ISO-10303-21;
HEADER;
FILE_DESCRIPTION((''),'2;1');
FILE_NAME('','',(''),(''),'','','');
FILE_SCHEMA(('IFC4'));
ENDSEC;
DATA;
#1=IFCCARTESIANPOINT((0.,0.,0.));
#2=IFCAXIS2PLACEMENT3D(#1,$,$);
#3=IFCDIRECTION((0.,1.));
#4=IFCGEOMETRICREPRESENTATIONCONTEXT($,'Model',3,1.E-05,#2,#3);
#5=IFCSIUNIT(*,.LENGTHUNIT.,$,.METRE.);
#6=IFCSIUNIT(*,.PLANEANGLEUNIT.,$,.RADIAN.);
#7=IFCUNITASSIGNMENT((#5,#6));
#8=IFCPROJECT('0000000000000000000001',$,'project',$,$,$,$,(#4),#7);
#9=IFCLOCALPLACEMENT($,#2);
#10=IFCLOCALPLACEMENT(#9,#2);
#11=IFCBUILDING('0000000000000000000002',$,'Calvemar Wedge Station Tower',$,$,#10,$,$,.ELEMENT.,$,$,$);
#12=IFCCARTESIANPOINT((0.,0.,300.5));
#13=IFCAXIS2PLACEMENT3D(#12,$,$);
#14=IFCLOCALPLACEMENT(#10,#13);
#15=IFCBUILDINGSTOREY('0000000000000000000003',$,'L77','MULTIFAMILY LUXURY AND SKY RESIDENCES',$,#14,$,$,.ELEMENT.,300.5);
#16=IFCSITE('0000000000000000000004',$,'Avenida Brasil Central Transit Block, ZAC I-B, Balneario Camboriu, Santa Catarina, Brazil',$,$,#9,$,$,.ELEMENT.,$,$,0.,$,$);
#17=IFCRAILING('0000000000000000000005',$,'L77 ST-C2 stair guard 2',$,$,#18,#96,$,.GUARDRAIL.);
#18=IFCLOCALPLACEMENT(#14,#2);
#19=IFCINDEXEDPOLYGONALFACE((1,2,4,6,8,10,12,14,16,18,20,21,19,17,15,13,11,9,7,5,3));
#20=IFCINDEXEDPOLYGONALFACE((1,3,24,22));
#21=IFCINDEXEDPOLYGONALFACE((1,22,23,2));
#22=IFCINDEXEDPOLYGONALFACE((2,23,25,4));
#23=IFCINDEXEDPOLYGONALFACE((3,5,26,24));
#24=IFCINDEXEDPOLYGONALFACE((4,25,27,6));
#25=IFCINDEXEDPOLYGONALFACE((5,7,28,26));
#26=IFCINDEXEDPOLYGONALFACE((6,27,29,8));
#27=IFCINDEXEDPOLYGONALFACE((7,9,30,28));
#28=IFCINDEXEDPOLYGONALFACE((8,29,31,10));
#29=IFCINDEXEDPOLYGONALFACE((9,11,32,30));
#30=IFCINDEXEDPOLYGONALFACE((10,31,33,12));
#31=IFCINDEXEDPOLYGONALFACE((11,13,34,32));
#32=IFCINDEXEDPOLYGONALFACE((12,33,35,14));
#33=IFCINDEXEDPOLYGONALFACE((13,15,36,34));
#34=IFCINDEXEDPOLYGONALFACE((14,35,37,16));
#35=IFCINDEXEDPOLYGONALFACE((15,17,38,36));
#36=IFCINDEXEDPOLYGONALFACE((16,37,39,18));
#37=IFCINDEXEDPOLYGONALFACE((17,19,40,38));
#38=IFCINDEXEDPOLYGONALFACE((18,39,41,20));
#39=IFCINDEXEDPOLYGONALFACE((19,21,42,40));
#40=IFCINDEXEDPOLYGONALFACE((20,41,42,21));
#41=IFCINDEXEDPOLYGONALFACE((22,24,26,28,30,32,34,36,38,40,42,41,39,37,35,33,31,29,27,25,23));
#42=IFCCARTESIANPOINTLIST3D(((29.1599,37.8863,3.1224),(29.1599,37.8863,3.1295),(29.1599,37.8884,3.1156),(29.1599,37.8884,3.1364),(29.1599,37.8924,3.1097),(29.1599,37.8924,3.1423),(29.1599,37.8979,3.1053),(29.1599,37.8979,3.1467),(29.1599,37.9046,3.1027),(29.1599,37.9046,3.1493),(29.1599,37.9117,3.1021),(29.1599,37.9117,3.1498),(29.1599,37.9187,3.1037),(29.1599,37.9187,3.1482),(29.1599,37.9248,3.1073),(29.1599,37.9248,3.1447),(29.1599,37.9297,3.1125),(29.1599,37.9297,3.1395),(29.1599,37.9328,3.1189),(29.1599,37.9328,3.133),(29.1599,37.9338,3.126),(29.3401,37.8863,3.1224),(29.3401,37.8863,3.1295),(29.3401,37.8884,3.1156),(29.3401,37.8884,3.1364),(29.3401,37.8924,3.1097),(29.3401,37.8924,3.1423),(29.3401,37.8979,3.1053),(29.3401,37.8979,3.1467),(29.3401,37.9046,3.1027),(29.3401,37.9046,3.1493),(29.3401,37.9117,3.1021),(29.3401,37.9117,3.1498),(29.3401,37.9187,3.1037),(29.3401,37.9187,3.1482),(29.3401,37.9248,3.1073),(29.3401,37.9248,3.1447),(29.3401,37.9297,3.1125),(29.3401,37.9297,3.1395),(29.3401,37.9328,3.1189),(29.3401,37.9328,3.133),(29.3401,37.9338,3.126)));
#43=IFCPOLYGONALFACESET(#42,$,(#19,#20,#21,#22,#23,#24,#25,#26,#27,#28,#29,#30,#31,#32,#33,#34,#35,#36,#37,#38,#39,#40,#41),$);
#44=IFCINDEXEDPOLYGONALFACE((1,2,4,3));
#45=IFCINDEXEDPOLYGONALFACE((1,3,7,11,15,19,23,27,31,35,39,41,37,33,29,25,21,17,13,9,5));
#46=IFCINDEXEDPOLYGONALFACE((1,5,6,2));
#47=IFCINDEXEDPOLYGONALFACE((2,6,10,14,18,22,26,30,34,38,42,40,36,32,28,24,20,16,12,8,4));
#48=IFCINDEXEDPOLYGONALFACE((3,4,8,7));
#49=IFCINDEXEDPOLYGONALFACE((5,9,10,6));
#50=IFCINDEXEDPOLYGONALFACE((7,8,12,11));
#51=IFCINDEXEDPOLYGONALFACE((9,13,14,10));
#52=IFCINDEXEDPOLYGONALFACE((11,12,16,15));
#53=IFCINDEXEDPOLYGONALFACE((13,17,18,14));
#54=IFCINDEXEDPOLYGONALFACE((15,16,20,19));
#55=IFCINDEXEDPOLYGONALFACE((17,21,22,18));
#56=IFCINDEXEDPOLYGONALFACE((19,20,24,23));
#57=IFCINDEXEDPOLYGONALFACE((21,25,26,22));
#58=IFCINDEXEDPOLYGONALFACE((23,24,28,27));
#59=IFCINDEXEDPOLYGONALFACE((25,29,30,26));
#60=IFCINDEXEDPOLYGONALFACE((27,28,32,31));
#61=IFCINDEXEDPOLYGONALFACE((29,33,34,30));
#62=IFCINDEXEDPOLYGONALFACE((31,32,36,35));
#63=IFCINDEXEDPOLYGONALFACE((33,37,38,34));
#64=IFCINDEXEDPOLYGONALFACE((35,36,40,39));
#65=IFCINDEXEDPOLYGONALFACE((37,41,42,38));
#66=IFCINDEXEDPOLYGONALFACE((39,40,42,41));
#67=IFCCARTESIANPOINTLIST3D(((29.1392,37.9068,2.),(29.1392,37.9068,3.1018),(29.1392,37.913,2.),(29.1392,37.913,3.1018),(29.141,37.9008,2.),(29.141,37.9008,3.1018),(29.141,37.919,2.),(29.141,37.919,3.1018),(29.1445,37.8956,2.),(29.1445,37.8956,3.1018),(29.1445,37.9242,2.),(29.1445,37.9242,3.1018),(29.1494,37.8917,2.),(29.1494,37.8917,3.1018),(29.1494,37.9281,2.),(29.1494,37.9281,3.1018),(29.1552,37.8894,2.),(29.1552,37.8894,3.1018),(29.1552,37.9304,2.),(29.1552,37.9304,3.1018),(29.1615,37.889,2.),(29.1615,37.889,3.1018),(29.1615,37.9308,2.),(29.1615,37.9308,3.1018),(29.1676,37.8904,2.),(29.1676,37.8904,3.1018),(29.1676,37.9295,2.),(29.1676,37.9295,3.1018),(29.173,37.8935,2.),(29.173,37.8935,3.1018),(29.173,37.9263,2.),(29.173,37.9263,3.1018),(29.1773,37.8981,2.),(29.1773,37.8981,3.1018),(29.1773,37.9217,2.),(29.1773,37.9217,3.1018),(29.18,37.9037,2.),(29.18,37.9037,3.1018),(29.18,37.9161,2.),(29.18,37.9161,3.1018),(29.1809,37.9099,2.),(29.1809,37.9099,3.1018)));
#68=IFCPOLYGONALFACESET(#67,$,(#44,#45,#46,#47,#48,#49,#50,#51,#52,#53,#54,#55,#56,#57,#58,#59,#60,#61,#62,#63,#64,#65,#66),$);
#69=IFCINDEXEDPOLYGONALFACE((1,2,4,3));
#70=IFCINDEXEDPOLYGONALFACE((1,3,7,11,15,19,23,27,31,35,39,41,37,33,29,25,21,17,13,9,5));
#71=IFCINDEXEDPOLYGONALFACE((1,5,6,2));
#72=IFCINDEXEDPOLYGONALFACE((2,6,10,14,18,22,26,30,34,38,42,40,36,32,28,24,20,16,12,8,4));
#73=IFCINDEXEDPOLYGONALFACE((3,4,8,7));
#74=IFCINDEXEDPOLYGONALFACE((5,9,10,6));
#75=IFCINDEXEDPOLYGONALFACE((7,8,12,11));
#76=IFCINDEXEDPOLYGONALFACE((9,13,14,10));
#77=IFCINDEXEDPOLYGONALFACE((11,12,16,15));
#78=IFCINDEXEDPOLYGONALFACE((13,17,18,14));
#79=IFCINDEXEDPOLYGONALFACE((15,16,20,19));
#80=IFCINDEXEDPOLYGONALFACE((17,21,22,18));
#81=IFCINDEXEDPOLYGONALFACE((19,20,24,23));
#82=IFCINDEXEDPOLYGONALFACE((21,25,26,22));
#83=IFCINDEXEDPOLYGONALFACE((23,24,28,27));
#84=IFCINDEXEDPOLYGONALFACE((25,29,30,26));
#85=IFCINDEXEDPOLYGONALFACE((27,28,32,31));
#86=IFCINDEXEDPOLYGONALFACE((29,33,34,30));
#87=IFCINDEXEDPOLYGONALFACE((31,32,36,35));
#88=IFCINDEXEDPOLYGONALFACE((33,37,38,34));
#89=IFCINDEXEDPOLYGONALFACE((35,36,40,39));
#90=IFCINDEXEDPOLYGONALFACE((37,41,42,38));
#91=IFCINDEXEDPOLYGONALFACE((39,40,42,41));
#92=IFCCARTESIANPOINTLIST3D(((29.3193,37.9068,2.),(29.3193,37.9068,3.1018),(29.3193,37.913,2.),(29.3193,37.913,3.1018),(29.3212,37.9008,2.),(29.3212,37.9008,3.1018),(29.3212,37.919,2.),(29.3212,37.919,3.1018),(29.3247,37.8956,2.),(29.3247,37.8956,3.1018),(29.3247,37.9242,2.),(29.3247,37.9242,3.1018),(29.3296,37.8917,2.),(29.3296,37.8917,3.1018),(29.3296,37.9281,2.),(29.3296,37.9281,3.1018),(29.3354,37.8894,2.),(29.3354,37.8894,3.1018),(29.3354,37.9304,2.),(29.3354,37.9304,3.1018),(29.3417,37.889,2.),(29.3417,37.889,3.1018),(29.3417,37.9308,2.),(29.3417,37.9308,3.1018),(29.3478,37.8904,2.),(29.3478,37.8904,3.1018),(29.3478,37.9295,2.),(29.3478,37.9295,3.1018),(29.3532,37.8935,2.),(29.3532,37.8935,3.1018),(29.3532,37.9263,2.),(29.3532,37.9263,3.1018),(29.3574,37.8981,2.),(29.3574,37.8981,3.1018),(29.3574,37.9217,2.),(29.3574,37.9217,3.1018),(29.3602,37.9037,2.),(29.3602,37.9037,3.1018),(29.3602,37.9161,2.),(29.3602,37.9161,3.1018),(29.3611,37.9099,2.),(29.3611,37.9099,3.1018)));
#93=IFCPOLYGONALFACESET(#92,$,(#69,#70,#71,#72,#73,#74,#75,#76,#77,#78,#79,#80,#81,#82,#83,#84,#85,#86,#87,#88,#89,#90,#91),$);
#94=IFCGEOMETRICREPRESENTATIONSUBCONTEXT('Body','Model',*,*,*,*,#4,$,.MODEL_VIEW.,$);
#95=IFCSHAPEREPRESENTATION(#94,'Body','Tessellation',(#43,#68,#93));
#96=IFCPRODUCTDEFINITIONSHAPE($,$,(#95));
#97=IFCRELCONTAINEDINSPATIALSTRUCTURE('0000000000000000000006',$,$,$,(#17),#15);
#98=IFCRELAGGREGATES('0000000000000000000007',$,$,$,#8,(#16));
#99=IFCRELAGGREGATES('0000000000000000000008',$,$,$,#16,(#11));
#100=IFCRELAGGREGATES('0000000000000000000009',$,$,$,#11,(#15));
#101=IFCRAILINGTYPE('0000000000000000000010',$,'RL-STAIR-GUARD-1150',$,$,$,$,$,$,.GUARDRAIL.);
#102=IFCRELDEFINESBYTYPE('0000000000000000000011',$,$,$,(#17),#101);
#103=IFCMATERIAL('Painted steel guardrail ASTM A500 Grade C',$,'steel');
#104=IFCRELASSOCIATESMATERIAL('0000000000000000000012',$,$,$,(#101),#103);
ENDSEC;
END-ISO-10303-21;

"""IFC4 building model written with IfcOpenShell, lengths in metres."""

from ifc_helpers import new_model, si_unit, direction, frame, origin, origin_2d, place, context, subcontext, project, spatial, circle, extrude, material, type_object, element, save


model = new_model("IFC4")

# Units and contexts
model_context = context("Model", 3, precision=1e-05, world=origin(), true_north=direction((0.0, 1.0)))
body_context = subcontext(model_context, "Body", "Model", "MODEL_VIEW")
ifc_project = project(units=[si_unit("LENGTHUNIT", "METRE"), si_unit("PLANEANGLEUNIT", "RADIAN")], contexts=[model_context])

# Site, building, storey
site_placement = place(None, origin())
site = spatial("IfcSite", under=ifc_project, at=site_placement, Name="Avenida Brasil Central Transit Block, ZAC I-B, Balneario Camboriu, Santa Catarina, Brazil", CompositionType="ELEMENT", RefElevation=0.0)
building_placement = place(site_placement, origin())
building = spatial("IfcBuilding", under=site, at=building_placement, Name="Calvemar Wedge Station Tower", CompositionType="ELEMENT")
storey_placement = place(building_placement, frame((0.0, 0.0, 300.5)))
storey = spatial("IfcBuildingStorey", under=building, at=storey_placement, Name="L77", Description="MULTIFAMILY LUXURY AND SKY RESIDENCES", CompositionType="ELEMENT", Elevation=300.5)

# Railing
ifc_material_1 = material(Name="Painted steel guardrail ASTM A500 Grade C", Category="steel")
railing_type_1 = type_object("IfcRailingType", Name="RL-STAIR-GUARD-1150", PredefinedType="GUARDRAIL", material=ifc_material_1)
railing_1_placement = place(storey_placement, frame((29.1599, 37.9099, 2.0)))
element("IfcRailing", 1, at=railing_1_placement, inside=storey, type_object=railing_type_1, Name="L77 ST-C2 stair guard 2", PredefinedType="GUARDRAIL", context=body_context, shape_type="SweptSolid", body=[
    extrude(circle(Radius=0.0239, at=origin_2d()), frame((0.0, 0.0, 1.126), z_axis=(1.0, 0.0, 0.0), x_axis=(0.0, 1.0, 0.0)), (0.0, 0.0, 1.0), 0.1802),
    extrude(circle(Radius=0.021, at=origin_2d()), origin(), (0.0, 0.0, 1.0), 1.1018),
    extrude(circle(Radius=0.021, at=origin_2d()), frame((0.1802, 0.0, 0.0)), (0.0, 0.0, 1.0), 1.1018),
])

save(model, "model.ifc")
